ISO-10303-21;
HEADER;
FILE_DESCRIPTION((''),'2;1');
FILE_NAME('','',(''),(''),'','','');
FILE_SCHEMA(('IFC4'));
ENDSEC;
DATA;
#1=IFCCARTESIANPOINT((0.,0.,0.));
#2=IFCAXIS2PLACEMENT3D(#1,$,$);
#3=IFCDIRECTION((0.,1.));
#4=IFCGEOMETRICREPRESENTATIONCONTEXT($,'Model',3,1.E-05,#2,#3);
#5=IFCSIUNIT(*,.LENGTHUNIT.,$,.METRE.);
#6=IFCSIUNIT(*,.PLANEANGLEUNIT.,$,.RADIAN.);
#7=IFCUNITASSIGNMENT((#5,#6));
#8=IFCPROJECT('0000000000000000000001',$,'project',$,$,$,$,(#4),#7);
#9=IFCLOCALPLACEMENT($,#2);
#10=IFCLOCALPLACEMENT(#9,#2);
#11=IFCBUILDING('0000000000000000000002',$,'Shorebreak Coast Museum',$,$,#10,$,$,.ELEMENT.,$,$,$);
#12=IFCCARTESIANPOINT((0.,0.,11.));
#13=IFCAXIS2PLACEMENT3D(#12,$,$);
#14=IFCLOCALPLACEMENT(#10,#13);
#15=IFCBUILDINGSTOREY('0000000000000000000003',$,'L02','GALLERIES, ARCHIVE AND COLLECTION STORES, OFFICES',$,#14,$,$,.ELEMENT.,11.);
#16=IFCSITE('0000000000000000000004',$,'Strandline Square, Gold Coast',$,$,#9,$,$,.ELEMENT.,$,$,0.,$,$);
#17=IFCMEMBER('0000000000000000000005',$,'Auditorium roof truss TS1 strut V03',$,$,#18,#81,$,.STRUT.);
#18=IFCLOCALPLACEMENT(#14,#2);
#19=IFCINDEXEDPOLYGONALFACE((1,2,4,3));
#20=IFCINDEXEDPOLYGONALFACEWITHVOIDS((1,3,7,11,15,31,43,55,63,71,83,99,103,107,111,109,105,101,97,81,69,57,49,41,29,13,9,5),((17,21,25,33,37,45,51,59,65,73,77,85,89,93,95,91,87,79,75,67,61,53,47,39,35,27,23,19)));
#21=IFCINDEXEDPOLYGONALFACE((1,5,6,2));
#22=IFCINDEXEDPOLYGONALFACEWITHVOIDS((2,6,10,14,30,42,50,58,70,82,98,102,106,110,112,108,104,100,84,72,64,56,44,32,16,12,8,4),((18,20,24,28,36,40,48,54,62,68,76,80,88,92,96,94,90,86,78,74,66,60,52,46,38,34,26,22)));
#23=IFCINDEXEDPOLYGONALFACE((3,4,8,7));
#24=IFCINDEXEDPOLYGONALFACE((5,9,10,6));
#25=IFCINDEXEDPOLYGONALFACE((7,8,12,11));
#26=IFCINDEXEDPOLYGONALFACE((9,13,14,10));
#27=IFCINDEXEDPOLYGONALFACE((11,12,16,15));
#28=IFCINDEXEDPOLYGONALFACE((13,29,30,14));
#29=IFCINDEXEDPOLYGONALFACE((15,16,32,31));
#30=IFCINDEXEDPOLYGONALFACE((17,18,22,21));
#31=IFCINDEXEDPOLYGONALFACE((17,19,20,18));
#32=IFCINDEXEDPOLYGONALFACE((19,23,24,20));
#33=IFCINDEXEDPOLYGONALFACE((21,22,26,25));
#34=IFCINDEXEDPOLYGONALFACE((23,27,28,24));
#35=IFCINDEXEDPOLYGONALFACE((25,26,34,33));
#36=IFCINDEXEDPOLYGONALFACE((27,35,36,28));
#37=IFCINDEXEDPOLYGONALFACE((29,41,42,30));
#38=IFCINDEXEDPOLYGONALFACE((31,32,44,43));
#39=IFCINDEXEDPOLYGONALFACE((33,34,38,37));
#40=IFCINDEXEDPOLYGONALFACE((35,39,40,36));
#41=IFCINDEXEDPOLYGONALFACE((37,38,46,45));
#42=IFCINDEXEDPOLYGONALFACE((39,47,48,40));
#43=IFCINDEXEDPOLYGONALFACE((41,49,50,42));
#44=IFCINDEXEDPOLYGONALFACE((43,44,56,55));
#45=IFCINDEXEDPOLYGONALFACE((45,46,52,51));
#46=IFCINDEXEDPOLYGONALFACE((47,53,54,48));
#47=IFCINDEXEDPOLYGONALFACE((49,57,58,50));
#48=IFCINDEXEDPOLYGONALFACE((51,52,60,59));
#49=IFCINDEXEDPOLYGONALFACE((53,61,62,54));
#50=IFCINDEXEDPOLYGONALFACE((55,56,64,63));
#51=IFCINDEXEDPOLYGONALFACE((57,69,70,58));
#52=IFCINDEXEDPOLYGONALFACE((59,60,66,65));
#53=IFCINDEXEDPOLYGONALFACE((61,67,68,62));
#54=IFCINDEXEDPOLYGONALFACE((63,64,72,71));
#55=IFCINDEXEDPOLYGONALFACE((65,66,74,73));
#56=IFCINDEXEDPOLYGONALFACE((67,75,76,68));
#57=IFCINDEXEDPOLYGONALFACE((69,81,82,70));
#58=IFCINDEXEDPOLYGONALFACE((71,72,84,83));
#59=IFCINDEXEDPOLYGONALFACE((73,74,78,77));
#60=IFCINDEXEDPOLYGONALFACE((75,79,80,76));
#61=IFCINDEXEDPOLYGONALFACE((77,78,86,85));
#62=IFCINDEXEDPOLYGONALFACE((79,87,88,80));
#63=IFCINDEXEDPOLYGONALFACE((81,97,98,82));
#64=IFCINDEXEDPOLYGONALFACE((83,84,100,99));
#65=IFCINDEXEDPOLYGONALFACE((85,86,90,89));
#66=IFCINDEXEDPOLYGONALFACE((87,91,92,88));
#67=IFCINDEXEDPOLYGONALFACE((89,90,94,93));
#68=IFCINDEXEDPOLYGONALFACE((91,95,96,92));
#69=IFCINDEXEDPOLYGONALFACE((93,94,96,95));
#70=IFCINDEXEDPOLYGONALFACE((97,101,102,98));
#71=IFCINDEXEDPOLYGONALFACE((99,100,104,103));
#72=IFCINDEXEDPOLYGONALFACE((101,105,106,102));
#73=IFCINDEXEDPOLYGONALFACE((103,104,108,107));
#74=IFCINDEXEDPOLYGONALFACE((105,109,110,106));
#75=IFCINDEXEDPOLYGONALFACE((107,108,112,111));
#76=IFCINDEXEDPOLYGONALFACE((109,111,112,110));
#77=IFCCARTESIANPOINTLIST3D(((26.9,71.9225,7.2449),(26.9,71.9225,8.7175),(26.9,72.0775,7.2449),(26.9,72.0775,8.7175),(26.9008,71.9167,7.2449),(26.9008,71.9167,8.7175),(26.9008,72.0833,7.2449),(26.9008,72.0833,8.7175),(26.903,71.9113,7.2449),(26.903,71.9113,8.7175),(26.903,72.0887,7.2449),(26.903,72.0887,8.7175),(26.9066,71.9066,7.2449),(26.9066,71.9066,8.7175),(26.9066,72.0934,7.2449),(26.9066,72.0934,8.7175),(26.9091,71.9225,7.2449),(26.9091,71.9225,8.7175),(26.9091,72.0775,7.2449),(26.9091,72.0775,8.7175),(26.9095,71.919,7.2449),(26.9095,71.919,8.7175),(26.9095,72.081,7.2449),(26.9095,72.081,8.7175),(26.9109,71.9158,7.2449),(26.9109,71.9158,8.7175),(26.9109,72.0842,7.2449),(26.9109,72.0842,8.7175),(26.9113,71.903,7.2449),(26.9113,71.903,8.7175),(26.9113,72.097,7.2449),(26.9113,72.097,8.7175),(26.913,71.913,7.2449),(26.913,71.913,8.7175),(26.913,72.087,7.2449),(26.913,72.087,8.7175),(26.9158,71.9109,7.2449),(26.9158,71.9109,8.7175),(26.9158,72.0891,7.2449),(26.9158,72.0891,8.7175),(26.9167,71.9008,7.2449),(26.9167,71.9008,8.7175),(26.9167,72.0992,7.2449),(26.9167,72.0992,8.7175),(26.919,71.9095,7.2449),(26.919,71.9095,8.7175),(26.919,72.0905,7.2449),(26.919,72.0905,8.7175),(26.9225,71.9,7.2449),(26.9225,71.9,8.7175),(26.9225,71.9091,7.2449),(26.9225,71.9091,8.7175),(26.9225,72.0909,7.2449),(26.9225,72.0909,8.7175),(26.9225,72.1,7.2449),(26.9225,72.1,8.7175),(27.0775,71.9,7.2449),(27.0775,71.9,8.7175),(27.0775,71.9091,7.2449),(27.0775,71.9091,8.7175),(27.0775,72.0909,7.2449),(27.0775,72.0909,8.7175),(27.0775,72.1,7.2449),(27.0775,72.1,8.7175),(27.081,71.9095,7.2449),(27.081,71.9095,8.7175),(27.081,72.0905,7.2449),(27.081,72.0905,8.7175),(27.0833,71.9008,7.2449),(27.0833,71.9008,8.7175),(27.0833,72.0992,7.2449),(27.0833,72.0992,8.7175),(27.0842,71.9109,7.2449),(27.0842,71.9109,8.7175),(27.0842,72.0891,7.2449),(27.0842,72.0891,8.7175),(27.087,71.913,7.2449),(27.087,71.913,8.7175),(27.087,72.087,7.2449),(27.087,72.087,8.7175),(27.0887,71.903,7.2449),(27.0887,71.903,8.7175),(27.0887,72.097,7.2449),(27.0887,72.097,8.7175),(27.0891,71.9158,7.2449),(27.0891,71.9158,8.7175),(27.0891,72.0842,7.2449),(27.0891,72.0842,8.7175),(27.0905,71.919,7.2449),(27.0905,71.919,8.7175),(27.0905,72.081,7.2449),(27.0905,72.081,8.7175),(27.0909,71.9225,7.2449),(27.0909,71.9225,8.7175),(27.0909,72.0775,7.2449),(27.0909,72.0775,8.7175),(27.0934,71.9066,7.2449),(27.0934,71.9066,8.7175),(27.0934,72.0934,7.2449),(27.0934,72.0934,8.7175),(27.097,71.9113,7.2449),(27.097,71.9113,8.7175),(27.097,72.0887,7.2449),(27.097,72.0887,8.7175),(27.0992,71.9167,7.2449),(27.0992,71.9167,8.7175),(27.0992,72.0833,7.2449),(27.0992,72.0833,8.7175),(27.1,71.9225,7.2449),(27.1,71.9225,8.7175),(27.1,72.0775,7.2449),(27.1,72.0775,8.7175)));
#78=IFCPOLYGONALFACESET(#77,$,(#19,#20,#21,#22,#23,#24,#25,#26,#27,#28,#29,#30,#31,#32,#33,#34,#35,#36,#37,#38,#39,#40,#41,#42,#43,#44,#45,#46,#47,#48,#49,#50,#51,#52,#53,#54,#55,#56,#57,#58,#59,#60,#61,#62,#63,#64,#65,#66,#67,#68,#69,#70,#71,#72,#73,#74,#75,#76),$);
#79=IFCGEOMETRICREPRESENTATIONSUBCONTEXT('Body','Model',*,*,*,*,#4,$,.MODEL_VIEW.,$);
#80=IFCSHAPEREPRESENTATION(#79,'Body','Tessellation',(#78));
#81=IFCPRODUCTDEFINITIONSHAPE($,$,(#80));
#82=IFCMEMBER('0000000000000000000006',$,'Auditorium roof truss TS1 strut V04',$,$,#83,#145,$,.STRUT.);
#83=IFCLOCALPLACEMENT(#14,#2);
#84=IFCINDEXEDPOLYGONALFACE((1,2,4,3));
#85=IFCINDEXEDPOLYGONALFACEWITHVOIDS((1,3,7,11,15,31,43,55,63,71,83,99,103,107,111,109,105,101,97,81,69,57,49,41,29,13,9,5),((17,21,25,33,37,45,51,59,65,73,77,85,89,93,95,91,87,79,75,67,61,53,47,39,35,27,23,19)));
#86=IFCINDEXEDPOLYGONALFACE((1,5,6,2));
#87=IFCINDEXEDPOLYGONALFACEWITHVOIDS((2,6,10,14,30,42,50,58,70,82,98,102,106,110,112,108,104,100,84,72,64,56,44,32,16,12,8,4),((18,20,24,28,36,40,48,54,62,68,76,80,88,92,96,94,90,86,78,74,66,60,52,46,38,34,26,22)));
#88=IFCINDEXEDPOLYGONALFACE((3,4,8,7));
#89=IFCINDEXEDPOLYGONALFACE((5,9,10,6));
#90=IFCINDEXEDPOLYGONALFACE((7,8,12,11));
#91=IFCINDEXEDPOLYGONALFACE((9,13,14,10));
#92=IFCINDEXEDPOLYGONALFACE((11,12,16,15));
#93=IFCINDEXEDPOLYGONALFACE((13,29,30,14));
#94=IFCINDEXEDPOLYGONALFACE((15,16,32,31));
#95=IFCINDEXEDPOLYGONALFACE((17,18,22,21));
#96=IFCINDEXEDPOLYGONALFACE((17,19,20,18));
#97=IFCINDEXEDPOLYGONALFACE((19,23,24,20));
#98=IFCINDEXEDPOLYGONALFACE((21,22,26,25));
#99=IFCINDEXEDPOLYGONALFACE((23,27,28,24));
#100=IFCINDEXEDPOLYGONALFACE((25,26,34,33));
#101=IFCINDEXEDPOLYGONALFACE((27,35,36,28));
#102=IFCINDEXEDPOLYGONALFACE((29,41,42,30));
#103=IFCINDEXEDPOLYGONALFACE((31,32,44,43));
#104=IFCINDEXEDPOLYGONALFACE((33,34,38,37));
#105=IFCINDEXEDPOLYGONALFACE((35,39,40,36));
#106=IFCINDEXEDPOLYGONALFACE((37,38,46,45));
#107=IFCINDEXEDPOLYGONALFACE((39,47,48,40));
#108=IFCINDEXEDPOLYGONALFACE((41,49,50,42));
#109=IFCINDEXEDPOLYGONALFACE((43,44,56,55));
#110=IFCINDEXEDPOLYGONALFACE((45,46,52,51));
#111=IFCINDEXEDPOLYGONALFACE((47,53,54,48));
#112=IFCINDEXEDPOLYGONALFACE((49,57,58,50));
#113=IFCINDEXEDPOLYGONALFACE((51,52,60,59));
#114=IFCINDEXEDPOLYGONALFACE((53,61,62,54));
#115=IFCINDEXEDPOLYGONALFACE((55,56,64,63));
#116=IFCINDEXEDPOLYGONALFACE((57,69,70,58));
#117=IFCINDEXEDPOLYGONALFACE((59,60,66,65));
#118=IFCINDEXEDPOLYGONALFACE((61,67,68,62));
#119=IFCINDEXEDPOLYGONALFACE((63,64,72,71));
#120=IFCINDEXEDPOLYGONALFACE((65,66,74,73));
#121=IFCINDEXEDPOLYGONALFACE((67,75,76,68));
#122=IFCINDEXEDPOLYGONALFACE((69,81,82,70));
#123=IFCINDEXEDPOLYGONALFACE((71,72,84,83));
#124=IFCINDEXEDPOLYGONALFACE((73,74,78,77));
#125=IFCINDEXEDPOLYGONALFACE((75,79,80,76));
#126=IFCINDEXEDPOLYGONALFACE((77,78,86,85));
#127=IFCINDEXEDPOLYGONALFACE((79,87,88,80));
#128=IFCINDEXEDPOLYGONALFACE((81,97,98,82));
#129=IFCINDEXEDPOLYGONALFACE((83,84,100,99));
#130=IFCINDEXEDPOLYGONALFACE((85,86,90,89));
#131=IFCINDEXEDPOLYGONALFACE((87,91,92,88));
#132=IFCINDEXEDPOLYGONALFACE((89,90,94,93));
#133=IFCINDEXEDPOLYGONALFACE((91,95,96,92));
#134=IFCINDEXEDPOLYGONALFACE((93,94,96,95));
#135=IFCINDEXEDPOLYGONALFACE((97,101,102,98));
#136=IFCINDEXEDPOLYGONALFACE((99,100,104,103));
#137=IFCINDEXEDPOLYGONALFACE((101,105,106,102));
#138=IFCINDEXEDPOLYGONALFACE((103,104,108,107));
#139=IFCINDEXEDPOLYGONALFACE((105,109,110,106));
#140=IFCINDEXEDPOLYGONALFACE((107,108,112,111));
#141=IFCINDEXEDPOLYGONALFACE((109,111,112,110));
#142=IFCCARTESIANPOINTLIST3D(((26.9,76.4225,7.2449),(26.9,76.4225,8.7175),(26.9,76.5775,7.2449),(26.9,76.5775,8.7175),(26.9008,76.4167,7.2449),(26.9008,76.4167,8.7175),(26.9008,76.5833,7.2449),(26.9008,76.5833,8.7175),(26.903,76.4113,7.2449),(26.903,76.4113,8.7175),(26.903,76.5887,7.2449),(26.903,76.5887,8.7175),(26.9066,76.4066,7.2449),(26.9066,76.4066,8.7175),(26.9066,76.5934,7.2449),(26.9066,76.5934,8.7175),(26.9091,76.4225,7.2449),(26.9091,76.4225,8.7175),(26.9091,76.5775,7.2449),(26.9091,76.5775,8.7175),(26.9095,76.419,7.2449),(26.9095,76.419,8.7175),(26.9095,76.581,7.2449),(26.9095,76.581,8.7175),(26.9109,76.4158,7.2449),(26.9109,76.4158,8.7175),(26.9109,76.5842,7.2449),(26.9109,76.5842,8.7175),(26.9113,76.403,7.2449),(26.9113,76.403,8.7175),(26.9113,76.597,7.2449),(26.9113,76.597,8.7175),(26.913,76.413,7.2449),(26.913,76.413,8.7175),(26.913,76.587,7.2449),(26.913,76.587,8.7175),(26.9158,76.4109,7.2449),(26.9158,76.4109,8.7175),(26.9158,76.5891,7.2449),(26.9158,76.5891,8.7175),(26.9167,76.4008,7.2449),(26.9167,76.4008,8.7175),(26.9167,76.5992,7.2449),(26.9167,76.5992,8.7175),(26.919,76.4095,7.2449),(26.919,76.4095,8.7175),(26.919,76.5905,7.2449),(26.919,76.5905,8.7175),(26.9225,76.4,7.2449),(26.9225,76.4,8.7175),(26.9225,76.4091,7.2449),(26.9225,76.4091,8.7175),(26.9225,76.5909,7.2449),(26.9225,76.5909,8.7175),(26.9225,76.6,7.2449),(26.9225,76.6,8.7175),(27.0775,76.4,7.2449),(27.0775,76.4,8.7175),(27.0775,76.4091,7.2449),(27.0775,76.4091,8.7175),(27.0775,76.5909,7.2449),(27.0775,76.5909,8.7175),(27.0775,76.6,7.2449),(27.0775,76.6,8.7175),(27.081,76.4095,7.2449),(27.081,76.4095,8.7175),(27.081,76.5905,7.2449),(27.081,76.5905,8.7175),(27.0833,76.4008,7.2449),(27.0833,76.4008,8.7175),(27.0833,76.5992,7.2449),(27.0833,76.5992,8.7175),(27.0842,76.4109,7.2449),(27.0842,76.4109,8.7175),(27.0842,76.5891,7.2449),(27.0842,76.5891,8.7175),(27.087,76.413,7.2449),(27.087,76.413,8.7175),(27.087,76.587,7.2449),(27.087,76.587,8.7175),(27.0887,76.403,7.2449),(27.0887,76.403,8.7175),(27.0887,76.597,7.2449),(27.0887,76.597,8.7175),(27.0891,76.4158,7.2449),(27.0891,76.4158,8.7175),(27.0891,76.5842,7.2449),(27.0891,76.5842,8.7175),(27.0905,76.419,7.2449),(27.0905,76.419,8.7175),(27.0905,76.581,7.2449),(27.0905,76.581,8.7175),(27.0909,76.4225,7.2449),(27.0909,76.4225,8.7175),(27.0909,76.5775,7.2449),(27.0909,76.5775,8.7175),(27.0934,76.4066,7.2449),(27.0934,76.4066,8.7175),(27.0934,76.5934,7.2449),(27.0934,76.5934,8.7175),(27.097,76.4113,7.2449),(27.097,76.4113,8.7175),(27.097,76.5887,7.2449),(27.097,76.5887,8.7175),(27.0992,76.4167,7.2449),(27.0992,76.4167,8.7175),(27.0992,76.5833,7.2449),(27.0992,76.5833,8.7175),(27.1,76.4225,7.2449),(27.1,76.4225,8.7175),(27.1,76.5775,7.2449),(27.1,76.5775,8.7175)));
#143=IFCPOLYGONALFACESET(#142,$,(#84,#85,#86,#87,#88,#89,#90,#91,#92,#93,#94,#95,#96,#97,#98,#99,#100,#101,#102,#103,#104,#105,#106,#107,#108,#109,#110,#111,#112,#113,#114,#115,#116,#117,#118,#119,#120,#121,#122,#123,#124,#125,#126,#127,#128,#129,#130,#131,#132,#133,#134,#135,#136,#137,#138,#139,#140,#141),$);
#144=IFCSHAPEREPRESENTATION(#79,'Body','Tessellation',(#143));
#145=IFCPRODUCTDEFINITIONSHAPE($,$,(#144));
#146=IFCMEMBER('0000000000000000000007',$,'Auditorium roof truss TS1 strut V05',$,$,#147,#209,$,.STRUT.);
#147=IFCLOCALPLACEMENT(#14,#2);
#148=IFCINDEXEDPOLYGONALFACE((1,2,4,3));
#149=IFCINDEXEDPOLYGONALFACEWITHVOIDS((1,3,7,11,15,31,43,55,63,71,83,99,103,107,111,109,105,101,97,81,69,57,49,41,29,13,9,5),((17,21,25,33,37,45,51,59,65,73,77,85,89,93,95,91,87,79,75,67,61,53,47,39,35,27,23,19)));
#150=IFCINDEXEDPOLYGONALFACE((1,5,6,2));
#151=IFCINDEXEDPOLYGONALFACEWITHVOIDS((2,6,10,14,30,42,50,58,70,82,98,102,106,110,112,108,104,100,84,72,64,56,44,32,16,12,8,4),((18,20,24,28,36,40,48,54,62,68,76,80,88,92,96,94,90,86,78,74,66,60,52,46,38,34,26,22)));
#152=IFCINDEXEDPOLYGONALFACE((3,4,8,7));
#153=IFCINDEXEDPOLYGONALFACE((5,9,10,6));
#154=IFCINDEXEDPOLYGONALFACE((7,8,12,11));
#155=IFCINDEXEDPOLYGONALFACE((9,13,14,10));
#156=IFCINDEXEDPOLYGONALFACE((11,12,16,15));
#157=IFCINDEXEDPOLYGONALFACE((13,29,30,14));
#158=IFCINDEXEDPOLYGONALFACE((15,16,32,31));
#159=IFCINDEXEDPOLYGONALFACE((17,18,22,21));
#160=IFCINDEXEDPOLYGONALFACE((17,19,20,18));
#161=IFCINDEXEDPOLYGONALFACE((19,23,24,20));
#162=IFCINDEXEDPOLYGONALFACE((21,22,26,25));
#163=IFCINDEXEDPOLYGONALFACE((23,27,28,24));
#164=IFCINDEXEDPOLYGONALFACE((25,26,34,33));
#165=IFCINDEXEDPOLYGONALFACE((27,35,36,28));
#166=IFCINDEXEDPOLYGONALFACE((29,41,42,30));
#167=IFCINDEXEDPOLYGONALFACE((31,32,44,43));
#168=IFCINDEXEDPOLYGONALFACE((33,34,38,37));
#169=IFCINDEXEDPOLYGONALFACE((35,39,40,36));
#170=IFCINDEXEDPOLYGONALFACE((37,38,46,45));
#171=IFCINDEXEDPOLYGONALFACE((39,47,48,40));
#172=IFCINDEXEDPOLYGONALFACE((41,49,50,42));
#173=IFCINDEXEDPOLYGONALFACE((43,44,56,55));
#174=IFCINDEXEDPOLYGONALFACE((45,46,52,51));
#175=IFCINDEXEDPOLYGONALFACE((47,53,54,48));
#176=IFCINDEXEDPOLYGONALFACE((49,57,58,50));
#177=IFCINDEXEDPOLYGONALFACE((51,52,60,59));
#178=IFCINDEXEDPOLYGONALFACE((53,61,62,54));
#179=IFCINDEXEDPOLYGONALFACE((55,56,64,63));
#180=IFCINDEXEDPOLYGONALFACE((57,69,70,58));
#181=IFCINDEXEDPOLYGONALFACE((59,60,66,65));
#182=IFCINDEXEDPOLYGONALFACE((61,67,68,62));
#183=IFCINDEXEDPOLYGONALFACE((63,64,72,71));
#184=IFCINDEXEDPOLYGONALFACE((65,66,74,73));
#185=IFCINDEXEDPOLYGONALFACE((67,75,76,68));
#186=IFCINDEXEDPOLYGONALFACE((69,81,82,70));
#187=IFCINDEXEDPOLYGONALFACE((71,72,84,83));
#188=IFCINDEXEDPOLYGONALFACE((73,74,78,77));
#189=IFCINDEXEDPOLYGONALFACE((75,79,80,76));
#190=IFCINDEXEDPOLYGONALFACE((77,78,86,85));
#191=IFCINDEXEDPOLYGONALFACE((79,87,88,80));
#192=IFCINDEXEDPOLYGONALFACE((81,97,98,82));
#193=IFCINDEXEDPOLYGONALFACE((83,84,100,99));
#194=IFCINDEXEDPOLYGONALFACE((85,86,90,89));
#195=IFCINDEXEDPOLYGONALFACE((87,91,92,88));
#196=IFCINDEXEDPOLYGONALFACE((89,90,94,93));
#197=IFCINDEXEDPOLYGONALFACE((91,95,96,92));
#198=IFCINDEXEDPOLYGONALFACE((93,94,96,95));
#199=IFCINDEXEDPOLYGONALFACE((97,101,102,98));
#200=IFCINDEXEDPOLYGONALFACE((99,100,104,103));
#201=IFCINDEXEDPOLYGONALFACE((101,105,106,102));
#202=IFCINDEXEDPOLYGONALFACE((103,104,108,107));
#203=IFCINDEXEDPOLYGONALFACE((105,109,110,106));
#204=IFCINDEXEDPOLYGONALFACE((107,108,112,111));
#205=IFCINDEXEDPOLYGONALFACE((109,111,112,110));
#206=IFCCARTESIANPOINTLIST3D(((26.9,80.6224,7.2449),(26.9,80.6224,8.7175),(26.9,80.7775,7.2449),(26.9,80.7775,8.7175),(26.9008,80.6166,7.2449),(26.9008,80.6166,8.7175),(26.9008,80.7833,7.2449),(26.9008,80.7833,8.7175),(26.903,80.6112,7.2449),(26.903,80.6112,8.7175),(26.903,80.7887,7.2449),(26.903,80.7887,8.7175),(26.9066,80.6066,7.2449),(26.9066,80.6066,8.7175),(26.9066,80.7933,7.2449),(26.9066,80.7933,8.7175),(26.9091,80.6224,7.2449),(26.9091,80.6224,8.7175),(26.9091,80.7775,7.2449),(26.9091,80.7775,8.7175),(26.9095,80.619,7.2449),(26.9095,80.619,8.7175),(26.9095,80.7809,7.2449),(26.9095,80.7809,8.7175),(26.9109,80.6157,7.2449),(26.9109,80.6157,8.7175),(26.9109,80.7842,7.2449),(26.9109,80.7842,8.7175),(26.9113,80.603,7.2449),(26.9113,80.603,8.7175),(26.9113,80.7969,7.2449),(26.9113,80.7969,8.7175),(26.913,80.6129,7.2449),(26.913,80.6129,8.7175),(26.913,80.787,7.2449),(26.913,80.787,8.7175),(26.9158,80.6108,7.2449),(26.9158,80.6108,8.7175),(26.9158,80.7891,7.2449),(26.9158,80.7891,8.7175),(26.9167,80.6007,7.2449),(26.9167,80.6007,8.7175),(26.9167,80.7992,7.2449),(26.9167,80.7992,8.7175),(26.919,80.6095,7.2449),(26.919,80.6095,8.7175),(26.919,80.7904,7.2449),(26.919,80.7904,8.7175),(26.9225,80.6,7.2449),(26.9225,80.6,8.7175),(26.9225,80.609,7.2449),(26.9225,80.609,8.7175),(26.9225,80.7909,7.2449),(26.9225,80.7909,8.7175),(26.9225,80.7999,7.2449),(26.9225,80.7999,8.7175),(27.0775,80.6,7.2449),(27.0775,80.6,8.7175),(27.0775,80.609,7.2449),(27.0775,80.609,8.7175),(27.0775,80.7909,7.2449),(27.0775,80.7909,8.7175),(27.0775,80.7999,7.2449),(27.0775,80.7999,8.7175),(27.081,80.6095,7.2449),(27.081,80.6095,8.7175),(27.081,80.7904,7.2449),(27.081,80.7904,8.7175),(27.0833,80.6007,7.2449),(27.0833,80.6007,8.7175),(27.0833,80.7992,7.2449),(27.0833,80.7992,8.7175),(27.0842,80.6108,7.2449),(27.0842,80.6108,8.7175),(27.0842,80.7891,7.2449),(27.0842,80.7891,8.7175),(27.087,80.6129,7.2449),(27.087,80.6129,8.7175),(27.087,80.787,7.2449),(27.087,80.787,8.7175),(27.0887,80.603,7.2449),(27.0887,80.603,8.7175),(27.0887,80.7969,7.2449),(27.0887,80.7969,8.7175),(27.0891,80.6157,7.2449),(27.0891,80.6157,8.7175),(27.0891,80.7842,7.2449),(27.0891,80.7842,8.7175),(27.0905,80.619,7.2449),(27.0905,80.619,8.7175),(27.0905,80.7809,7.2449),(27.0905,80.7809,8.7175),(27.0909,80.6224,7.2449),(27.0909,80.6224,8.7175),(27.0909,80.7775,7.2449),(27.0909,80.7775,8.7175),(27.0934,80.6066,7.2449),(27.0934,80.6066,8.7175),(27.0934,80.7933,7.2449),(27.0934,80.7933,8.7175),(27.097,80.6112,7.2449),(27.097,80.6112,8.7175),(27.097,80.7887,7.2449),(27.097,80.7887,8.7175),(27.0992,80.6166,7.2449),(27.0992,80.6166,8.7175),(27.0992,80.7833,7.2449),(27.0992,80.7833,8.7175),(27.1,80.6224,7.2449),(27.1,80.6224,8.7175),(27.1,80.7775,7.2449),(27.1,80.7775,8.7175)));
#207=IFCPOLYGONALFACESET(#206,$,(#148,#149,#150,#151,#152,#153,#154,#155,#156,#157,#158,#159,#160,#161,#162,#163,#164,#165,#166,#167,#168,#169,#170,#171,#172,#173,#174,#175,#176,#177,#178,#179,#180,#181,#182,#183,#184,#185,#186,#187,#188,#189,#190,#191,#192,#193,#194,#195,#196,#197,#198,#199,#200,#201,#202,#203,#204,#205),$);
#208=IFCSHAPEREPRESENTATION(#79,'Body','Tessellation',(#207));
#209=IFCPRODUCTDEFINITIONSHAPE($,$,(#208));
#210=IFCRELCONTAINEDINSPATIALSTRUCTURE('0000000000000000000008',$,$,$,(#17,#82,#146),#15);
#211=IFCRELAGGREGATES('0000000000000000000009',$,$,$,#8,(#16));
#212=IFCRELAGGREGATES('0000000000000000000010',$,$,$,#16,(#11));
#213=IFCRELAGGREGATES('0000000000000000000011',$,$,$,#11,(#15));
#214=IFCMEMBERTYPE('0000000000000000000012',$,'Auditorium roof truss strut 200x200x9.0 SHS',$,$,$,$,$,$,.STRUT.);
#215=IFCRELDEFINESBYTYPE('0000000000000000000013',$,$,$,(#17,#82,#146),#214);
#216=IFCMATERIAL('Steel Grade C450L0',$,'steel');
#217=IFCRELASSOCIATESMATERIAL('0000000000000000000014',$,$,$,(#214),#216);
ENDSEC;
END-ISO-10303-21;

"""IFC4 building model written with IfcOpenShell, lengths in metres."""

from ifc_helpers import new_model, si_unit, direction, frame, origin, origin_2d, place, context, subcontext, project, spatial, hollow_rectangle, extrude, material, material_profile, profile_set, type_object, element, save


model = new_model("IFC4")

# Units and contexts
model_context = context("Model", 3, precision=1e-05, world=origin(), true_north=direction((0.0, 1.0)))
body_context = subcontext(model_context, "Body", "Model", "MODEL_VIEW")
ifc_project = project(units=[si_unit("LENGTHUNIT", "METRE"), si_unit("PLANEANGLEUNIT", "RADIAN")], contexts=[model_context])

# Site, building, storey
site_placement = place(None, origin())
site = spatial("IfcSite", under=ifc_project, at=site_placement, Name="Strandline Square, Gold Coast", CompositionType="ELEMENT", RefElevation=0.0)
building_placement = place(site_placement, origin())
building = spatial("IfcBuilding", under=site, at=building_placement, Name="Shorebreak Coast Museum", CompositionType="ELEMENT")
storey_placement = place(building_placement, frame((0.0, 0.0, 11.0)))
storey = spatial("IfcBuildingStorey", under=building, at=storey_placement, Name="L02", Description="GALLERIES, ARCHIVE AND COLLECTION STORES, OFFICES", CompositionType="ELEMENT", Elevation=11.0)

# Members
ifc_material_1 = material(Name="Steel Grade C450L0", Category="steel")
ifc_material_profile_1 = material_profile(ifc_material_1, hollow_rectangle(XDim=0.2, YDim=0.2, WallThickness=0.009, InnerFilletRadius=0.0134, OuterFilletRadius=0.0225, at=origin_2d()), Name="200x200x9.0 SHS")
ifc_profile_set_1 = profile_set([ifc_material_profile_1], Name="Steel Grade C450L0")
member_type_1 = type_object("IfcMemberType", Name="Auditorium roof truss strut 200x200x9.0 SHS", PredefinedType="STRUT", material=ifc_profile_set_1)
for number, where, z_axis, x_axis, name in (
    (1, (27.0, 72.0, 7.2449), (0.0, 0.0, 1.0), (1.0, 0.0, 0.0), "Auditorium roof truss TS1 strut V03"),
    (2, (27.0, 76.5, 7.2449), (0.0, 0.0, 1.0), (1.0, 0.0, 0.0), "Auditorium roof truss TS1 strut V04"),
    (3, (27.0, 80.7, 7.2449), (0.0, 0.0, 1.0), (1.0, 0.0, 0.0), "Auditorium roof truss TS1 strut V05"),
):
    element("IfcMember", number, at=place(storey_placement, frame(where, z_axis=z_axis, x_axis=x_axis)), inside=storey, type_object=member_type_1, Name=name, PredefinedType="STRUT", context=body_context, shape_type="SweptSolid", body=[
        extrude(hollow_rectangle(XDim=0.2, YDim=0.2, WallThickness=0.009, InnerFilletRadius=0.0134, OuterFilletRadius=0.0225, at=origin_2d()), origin(), (0.0, 0.0, 1.0), 1.4727),
    ])

save(model, "model.ifc")
